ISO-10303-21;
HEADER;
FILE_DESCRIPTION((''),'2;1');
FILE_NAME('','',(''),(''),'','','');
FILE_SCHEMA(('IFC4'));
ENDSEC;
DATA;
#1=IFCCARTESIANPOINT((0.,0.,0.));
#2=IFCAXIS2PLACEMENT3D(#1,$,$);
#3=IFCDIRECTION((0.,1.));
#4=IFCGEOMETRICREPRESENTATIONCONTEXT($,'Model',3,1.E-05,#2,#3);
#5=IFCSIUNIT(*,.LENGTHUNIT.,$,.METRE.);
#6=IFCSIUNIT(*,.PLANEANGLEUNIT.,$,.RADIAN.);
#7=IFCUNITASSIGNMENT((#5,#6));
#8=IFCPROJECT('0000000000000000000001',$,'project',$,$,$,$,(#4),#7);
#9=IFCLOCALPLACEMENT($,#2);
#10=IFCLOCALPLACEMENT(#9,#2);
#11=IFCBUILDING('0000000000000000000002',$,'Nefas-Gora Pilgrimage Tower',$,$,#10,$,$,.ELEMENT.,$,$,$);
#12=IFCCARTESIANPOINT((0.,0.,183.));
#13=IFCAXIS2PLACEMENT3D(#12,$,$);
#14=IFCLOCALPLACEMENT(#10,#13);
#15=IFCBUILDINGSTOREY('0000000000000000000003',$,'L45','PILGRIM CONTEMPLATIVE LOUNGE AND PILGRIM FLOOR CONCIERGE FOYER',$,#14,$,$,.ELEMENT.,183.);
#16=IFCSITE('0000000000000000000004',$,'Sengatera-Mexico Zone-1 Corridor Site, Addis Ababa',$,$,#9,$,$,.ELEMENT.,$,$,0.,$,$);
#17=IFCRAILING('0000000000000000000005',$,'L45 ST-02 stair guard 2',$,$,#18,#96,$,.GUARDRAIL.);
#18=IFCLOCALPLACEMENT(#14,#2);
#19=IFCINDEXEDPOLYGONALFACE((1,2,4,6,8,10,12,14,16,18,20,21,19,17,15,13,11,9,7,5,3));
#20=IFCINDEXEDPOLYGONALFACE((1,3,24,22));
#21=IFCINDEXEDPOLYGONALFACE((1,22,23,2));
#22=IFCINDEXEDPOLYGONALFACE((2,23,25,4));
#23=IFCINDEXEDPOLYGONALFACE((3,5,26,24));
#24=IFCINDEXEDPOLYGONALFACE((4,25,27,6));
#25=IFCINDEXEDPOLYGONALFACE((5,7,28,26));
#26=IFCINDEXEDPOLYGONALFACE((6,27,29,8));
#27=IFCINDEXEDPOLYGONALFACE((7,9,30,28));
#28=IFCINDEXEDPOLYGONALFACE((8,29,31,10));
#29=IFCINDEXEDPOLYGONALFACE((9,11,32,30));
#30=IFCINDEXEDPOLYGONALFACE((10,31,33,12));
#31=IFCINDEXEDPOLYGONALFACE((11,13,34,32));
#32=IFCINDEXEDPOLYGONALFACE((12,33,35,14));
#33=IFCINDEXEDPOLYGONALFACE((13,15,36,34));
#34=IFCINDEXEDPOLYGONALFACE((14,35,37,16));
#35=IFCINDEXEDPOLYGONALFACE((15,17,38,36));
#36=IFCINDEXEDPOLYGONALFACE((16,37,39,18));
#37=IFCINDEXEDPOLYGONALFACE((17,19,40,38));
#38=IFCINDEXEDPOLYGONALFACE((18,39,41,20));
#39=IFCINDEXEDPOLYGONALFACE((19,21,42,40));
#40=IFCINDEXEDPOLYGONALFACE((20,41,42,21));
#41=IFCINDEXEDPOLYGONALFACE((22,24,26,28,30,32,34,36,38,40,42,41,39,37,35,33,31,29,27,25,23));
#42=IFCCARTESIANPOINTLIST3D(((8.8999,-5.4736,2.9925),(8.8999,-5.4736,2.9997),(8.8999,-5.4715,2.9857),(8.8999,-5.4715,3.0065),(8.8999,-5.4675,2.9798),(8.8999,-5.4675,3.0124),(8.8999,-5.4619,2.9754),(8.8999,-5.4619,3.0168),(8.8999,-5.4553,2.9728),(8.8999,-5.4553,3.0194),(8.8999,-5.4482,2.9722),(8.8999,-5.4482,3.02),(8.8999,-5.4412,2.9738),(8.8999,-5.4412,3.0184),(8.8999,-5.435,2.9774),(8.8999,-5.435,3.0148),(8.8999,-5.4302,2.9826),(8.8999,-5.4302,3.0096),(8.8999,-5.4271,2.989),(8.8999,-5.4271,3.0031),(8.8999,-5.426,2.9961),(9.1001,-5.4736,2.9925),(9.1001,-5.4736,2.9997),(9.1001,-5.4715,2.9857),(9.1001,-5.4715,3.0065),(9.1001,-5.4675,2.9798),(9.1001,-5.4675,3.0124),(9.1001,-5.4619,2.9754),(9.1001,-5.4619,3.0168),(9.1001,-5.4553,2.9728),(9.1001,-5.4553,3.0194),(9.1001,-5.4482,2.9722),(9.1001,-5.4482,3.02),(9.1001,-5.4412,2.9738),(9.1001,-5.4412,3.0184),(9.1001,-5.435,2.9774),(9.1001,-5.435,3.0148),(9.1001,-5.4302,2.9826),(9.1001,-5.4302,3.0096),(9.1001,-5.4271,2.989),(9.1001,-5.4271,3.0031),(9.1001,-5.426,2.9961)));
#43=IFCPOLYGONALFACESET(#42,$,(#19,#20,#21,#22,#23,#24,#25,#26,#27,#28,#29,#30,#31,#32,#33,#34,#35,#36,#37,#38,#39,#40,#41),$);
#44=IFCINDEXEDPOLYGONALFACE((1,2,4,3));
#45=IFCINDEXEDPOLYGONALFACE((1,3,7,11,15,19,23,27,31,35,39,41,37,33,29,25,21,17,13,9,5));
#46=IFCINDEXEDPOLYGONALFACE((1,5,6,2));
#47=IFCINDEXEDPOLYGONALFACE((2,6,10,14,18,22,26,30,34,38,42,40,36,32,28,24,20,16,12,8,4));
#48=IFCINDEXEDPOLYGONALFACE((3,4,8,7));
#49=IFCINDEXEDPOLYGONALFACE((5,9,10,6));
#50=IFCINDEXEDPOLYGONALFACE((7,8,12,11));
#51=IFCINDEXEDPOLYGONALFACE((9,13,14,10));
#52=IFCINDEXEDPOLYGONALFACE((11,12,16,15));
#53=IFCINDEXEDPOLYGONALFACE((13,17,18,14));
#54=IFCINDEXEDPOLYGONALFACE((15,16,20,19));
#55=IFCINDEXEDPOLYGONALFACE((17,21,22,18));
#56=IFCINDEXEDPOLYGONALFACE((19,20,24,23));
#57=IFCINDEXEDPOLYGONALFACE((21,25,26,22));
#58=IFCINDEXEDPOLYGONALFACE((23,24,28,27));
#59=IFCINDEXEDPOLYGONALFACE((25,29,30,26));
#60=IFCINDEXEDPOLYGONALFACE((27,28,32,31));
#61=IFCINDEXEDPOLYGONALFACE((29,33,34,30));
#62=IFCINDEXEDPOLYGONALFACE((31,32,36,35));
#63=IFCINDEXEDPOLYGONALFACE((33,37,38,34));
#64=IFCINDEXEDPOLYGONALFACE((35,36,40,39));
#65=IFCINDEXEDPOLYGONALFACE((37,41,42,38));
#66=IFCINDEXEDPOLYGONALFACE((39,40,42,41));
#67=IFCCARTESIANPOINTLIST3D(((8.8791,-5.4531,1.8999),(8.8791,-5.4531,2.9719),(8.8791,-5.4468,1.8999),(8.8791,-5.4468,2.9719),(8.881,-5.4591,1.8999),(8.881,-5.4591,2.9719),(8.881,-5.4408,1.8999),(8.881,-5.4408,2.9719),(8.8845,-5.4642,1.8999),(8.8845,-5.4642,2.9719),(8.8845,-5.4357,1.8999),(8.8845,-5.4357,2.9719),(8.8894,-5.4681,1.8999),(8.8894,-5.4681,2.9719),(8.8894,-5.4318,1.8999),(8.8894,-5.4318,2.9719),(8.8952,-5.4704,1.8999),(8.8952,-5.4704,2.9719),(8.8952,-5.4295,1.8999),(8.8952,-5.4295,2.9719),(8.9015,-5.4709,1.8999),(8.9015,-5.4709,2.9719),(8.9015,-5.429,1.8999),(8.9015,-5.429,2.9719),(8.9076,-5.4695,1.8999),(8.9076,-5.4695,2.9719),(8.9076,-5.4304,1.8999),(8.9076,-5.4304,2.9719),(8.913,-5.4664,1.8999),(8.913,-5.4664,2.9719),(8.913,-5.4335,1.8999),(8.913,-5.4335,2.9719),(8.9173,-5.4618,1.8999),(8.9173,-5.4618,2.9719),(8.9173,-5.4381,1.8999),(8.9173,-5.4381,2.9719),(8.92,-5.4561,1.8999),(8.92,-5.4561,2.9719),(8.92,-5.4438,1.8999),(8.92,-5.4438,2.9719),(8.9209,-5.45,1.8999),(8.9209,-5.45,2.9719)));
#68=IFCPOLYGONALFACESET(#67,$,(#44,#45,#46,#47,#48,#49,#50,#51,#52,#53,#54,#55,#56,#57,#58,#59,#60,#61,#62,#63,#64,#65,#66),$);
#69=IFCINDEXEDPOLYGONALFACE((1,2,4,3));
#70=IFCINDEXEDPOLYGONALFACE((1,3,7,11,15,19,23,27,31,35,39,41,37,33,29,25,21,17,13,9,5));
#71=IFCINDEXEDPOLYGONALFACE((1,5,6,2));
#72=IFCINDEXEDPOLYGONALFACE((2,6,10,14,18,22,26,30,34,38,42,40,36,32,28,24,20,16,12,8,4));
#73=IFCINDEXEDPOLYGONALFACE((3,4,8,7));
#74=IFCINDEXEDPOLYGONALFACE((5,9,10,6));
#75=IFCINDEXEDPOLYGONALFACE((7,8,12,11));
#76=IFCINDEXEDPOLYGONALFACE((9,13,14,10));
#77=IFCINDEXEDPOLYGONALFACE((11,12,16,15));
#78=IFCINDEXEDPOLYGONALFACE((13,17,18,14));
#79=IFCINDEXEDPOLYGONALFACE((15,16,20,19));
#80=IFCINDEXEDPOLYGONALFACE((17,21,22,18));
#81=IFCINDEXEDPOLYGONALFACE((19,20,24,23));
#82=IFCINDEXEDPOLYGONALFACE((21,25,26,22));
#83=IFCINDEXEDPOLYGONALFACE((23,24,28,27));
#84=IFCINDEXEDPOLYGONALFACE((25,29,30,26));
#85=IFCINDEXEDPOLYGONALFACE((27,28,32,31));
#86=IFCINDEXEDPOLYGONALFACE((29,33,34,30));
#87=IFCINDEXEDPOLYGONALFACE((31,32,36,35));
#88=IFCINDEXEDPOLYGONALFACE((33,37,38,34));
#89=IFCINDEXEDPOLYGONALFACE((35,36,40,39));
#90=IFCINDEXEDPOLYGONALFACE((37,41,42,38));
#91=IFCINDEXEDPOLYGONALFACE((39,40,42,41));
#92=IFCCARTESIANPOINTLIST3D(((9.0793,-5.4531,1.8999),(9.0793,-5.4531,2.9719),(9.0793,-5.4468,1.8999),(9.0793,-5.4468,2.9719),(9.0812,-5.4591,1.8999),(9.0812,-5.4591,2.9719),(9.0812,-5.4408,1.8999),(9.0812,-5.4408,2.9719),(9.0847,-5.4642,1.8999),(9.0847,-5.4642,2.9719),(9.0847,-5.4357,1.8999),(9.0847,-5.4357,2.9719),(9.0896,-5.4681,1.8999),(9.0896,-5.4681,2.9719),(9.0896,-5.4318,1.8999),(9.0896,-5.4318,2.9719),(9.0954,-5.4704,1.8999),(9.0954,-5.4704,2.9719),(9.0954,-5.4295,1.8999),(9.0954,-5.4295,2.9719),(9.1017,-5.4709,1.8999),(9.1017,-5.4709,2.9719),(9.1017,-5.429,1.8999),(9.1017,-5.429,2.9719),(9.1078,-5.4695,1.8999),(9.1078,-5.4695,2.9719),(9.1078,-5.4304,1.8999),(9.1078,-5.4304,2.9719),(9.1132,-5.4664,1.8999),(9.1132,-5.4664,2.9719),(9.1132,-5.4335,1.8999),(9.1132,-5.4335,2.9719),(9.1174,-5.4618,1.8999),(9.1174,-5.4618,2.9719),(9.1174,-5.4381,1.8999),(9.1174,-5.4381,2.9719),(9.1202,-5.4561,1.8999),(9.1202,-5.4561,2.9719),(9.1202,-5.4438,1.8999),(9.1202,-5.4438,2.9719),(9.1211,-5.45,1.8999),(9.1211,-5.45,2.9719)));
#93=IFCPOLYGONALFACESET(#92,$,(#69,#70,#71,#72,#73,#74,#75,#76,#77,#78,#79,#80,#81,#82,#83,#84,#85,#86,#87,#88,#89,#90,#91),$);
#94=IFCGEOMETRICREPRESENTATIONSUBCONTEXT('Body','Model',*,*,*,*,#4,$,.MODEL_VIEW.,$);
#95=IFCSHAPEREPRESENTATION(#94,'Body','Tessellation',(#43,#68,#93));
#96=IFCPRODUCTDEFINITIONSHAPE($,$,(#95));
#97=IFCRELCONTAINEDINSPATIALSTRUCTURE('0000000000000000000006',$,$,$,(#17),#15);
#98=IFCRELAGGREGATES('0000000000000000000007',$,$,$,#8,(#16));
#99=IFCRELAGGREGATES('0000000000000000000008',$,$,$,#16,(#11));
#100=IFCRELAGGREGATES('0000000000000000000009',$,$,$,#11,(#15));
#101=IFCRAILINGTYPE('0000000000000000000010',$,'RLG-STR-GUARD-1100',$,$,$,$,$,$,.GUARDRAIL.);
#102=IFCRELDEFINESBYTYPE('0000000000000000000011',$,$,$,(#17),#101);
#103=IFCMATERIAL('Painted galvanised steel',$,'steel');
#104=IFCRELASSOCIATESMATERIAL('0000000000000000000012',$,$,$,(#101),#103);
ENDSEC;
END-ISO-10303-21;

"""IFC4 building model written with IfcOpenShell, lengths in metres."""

from ifc_helpers import new_model, si_unit, direction, frame, origin, origin_2d, place, context, subcontext, project, spatial, circle, extrude, material, type_object, element, save


model = new_model("IFC4")

# Units and contexts
model_context = context("Model", 3, precision=1e-05, world=origin(), true_north=direction((0.0, 1.0)))
body_context = subcontext(model_context, "Body", "Model", "MODEL_VIEW")
ifc_project = project(units=[si_unit("LENGTHUNIT", "METRE"), si_unit("PLANEANGLEUNIT", "RADIAN")], contexts=[model_context])

# Site, building, storey
site_placement = place(None, origin())
site = spatial("IfcSite", under=ifc_project, at=site_placement, Name="Sengatera-Mexico Zone-1 Corridor Site, Addis Ababa", CompositionType="ELEMENT", RefElevation=0.0)
building_placement = place(site_placement, origin())
building = spatial("IfcBuilding", under=site, at=building_placement, Name="Nefas-Gora Pilgrimage Tower", CompositionType="ELEMENT")
storey_placement = place(building_placement, frame((0.0, 0.0, 183.0)))
storey = spatial("IfcBuildingStorey", under=building, at=storey_placement, Name="L45", Description="PILGRIM CONTEMPLATIVE LOUNGE AND PILGRIM FLOOR CONCIERGE FOYER", CompositionType="ELEMENT", Elevation=183.0)

# Railing
ifc_material_1 = material(Name="Painted galvanised steel", Category="steel")
railing_type_1 = type_object("IfcRailingType", Name="RLG-STR-GUARD-1100", PredefinedType="GUARDRAIL", material=ifc_material_1)
railing_1_placement = place(storey_placement, frame((8.8999, -5.45, 1.8999)))
element("IfcRailing", 1, at=railing_1_placement, inside=storey, type_object=railing_type_1, Name="L45 ST-02 stair guard 2", PredefinedType="GUARDRAIL", context=body_context, shape_type="SweptSolid", body=[
    extrude(circle(Radius=0.0239, at=origin_2d()), frame((0.0, 0.0, 1.0962), z_axis=(1.0, 0.0, 0.0), x_axis=(0.0, 1.0, 0.0)), (0.0, 0.0, 1.0), 0.2002),
    extrude(circle(Radius=0.021, at=origin_2d()), origin(), (0.0, 0.0, 1.0), 1.072),
    extrude(circle(Radius=0.021, at=origin_2d()), frame((0.2002, 0.0, 0.0)), (0.0, 0.0, 1.0), 1.072),
])

save(model, "model.ifc")
